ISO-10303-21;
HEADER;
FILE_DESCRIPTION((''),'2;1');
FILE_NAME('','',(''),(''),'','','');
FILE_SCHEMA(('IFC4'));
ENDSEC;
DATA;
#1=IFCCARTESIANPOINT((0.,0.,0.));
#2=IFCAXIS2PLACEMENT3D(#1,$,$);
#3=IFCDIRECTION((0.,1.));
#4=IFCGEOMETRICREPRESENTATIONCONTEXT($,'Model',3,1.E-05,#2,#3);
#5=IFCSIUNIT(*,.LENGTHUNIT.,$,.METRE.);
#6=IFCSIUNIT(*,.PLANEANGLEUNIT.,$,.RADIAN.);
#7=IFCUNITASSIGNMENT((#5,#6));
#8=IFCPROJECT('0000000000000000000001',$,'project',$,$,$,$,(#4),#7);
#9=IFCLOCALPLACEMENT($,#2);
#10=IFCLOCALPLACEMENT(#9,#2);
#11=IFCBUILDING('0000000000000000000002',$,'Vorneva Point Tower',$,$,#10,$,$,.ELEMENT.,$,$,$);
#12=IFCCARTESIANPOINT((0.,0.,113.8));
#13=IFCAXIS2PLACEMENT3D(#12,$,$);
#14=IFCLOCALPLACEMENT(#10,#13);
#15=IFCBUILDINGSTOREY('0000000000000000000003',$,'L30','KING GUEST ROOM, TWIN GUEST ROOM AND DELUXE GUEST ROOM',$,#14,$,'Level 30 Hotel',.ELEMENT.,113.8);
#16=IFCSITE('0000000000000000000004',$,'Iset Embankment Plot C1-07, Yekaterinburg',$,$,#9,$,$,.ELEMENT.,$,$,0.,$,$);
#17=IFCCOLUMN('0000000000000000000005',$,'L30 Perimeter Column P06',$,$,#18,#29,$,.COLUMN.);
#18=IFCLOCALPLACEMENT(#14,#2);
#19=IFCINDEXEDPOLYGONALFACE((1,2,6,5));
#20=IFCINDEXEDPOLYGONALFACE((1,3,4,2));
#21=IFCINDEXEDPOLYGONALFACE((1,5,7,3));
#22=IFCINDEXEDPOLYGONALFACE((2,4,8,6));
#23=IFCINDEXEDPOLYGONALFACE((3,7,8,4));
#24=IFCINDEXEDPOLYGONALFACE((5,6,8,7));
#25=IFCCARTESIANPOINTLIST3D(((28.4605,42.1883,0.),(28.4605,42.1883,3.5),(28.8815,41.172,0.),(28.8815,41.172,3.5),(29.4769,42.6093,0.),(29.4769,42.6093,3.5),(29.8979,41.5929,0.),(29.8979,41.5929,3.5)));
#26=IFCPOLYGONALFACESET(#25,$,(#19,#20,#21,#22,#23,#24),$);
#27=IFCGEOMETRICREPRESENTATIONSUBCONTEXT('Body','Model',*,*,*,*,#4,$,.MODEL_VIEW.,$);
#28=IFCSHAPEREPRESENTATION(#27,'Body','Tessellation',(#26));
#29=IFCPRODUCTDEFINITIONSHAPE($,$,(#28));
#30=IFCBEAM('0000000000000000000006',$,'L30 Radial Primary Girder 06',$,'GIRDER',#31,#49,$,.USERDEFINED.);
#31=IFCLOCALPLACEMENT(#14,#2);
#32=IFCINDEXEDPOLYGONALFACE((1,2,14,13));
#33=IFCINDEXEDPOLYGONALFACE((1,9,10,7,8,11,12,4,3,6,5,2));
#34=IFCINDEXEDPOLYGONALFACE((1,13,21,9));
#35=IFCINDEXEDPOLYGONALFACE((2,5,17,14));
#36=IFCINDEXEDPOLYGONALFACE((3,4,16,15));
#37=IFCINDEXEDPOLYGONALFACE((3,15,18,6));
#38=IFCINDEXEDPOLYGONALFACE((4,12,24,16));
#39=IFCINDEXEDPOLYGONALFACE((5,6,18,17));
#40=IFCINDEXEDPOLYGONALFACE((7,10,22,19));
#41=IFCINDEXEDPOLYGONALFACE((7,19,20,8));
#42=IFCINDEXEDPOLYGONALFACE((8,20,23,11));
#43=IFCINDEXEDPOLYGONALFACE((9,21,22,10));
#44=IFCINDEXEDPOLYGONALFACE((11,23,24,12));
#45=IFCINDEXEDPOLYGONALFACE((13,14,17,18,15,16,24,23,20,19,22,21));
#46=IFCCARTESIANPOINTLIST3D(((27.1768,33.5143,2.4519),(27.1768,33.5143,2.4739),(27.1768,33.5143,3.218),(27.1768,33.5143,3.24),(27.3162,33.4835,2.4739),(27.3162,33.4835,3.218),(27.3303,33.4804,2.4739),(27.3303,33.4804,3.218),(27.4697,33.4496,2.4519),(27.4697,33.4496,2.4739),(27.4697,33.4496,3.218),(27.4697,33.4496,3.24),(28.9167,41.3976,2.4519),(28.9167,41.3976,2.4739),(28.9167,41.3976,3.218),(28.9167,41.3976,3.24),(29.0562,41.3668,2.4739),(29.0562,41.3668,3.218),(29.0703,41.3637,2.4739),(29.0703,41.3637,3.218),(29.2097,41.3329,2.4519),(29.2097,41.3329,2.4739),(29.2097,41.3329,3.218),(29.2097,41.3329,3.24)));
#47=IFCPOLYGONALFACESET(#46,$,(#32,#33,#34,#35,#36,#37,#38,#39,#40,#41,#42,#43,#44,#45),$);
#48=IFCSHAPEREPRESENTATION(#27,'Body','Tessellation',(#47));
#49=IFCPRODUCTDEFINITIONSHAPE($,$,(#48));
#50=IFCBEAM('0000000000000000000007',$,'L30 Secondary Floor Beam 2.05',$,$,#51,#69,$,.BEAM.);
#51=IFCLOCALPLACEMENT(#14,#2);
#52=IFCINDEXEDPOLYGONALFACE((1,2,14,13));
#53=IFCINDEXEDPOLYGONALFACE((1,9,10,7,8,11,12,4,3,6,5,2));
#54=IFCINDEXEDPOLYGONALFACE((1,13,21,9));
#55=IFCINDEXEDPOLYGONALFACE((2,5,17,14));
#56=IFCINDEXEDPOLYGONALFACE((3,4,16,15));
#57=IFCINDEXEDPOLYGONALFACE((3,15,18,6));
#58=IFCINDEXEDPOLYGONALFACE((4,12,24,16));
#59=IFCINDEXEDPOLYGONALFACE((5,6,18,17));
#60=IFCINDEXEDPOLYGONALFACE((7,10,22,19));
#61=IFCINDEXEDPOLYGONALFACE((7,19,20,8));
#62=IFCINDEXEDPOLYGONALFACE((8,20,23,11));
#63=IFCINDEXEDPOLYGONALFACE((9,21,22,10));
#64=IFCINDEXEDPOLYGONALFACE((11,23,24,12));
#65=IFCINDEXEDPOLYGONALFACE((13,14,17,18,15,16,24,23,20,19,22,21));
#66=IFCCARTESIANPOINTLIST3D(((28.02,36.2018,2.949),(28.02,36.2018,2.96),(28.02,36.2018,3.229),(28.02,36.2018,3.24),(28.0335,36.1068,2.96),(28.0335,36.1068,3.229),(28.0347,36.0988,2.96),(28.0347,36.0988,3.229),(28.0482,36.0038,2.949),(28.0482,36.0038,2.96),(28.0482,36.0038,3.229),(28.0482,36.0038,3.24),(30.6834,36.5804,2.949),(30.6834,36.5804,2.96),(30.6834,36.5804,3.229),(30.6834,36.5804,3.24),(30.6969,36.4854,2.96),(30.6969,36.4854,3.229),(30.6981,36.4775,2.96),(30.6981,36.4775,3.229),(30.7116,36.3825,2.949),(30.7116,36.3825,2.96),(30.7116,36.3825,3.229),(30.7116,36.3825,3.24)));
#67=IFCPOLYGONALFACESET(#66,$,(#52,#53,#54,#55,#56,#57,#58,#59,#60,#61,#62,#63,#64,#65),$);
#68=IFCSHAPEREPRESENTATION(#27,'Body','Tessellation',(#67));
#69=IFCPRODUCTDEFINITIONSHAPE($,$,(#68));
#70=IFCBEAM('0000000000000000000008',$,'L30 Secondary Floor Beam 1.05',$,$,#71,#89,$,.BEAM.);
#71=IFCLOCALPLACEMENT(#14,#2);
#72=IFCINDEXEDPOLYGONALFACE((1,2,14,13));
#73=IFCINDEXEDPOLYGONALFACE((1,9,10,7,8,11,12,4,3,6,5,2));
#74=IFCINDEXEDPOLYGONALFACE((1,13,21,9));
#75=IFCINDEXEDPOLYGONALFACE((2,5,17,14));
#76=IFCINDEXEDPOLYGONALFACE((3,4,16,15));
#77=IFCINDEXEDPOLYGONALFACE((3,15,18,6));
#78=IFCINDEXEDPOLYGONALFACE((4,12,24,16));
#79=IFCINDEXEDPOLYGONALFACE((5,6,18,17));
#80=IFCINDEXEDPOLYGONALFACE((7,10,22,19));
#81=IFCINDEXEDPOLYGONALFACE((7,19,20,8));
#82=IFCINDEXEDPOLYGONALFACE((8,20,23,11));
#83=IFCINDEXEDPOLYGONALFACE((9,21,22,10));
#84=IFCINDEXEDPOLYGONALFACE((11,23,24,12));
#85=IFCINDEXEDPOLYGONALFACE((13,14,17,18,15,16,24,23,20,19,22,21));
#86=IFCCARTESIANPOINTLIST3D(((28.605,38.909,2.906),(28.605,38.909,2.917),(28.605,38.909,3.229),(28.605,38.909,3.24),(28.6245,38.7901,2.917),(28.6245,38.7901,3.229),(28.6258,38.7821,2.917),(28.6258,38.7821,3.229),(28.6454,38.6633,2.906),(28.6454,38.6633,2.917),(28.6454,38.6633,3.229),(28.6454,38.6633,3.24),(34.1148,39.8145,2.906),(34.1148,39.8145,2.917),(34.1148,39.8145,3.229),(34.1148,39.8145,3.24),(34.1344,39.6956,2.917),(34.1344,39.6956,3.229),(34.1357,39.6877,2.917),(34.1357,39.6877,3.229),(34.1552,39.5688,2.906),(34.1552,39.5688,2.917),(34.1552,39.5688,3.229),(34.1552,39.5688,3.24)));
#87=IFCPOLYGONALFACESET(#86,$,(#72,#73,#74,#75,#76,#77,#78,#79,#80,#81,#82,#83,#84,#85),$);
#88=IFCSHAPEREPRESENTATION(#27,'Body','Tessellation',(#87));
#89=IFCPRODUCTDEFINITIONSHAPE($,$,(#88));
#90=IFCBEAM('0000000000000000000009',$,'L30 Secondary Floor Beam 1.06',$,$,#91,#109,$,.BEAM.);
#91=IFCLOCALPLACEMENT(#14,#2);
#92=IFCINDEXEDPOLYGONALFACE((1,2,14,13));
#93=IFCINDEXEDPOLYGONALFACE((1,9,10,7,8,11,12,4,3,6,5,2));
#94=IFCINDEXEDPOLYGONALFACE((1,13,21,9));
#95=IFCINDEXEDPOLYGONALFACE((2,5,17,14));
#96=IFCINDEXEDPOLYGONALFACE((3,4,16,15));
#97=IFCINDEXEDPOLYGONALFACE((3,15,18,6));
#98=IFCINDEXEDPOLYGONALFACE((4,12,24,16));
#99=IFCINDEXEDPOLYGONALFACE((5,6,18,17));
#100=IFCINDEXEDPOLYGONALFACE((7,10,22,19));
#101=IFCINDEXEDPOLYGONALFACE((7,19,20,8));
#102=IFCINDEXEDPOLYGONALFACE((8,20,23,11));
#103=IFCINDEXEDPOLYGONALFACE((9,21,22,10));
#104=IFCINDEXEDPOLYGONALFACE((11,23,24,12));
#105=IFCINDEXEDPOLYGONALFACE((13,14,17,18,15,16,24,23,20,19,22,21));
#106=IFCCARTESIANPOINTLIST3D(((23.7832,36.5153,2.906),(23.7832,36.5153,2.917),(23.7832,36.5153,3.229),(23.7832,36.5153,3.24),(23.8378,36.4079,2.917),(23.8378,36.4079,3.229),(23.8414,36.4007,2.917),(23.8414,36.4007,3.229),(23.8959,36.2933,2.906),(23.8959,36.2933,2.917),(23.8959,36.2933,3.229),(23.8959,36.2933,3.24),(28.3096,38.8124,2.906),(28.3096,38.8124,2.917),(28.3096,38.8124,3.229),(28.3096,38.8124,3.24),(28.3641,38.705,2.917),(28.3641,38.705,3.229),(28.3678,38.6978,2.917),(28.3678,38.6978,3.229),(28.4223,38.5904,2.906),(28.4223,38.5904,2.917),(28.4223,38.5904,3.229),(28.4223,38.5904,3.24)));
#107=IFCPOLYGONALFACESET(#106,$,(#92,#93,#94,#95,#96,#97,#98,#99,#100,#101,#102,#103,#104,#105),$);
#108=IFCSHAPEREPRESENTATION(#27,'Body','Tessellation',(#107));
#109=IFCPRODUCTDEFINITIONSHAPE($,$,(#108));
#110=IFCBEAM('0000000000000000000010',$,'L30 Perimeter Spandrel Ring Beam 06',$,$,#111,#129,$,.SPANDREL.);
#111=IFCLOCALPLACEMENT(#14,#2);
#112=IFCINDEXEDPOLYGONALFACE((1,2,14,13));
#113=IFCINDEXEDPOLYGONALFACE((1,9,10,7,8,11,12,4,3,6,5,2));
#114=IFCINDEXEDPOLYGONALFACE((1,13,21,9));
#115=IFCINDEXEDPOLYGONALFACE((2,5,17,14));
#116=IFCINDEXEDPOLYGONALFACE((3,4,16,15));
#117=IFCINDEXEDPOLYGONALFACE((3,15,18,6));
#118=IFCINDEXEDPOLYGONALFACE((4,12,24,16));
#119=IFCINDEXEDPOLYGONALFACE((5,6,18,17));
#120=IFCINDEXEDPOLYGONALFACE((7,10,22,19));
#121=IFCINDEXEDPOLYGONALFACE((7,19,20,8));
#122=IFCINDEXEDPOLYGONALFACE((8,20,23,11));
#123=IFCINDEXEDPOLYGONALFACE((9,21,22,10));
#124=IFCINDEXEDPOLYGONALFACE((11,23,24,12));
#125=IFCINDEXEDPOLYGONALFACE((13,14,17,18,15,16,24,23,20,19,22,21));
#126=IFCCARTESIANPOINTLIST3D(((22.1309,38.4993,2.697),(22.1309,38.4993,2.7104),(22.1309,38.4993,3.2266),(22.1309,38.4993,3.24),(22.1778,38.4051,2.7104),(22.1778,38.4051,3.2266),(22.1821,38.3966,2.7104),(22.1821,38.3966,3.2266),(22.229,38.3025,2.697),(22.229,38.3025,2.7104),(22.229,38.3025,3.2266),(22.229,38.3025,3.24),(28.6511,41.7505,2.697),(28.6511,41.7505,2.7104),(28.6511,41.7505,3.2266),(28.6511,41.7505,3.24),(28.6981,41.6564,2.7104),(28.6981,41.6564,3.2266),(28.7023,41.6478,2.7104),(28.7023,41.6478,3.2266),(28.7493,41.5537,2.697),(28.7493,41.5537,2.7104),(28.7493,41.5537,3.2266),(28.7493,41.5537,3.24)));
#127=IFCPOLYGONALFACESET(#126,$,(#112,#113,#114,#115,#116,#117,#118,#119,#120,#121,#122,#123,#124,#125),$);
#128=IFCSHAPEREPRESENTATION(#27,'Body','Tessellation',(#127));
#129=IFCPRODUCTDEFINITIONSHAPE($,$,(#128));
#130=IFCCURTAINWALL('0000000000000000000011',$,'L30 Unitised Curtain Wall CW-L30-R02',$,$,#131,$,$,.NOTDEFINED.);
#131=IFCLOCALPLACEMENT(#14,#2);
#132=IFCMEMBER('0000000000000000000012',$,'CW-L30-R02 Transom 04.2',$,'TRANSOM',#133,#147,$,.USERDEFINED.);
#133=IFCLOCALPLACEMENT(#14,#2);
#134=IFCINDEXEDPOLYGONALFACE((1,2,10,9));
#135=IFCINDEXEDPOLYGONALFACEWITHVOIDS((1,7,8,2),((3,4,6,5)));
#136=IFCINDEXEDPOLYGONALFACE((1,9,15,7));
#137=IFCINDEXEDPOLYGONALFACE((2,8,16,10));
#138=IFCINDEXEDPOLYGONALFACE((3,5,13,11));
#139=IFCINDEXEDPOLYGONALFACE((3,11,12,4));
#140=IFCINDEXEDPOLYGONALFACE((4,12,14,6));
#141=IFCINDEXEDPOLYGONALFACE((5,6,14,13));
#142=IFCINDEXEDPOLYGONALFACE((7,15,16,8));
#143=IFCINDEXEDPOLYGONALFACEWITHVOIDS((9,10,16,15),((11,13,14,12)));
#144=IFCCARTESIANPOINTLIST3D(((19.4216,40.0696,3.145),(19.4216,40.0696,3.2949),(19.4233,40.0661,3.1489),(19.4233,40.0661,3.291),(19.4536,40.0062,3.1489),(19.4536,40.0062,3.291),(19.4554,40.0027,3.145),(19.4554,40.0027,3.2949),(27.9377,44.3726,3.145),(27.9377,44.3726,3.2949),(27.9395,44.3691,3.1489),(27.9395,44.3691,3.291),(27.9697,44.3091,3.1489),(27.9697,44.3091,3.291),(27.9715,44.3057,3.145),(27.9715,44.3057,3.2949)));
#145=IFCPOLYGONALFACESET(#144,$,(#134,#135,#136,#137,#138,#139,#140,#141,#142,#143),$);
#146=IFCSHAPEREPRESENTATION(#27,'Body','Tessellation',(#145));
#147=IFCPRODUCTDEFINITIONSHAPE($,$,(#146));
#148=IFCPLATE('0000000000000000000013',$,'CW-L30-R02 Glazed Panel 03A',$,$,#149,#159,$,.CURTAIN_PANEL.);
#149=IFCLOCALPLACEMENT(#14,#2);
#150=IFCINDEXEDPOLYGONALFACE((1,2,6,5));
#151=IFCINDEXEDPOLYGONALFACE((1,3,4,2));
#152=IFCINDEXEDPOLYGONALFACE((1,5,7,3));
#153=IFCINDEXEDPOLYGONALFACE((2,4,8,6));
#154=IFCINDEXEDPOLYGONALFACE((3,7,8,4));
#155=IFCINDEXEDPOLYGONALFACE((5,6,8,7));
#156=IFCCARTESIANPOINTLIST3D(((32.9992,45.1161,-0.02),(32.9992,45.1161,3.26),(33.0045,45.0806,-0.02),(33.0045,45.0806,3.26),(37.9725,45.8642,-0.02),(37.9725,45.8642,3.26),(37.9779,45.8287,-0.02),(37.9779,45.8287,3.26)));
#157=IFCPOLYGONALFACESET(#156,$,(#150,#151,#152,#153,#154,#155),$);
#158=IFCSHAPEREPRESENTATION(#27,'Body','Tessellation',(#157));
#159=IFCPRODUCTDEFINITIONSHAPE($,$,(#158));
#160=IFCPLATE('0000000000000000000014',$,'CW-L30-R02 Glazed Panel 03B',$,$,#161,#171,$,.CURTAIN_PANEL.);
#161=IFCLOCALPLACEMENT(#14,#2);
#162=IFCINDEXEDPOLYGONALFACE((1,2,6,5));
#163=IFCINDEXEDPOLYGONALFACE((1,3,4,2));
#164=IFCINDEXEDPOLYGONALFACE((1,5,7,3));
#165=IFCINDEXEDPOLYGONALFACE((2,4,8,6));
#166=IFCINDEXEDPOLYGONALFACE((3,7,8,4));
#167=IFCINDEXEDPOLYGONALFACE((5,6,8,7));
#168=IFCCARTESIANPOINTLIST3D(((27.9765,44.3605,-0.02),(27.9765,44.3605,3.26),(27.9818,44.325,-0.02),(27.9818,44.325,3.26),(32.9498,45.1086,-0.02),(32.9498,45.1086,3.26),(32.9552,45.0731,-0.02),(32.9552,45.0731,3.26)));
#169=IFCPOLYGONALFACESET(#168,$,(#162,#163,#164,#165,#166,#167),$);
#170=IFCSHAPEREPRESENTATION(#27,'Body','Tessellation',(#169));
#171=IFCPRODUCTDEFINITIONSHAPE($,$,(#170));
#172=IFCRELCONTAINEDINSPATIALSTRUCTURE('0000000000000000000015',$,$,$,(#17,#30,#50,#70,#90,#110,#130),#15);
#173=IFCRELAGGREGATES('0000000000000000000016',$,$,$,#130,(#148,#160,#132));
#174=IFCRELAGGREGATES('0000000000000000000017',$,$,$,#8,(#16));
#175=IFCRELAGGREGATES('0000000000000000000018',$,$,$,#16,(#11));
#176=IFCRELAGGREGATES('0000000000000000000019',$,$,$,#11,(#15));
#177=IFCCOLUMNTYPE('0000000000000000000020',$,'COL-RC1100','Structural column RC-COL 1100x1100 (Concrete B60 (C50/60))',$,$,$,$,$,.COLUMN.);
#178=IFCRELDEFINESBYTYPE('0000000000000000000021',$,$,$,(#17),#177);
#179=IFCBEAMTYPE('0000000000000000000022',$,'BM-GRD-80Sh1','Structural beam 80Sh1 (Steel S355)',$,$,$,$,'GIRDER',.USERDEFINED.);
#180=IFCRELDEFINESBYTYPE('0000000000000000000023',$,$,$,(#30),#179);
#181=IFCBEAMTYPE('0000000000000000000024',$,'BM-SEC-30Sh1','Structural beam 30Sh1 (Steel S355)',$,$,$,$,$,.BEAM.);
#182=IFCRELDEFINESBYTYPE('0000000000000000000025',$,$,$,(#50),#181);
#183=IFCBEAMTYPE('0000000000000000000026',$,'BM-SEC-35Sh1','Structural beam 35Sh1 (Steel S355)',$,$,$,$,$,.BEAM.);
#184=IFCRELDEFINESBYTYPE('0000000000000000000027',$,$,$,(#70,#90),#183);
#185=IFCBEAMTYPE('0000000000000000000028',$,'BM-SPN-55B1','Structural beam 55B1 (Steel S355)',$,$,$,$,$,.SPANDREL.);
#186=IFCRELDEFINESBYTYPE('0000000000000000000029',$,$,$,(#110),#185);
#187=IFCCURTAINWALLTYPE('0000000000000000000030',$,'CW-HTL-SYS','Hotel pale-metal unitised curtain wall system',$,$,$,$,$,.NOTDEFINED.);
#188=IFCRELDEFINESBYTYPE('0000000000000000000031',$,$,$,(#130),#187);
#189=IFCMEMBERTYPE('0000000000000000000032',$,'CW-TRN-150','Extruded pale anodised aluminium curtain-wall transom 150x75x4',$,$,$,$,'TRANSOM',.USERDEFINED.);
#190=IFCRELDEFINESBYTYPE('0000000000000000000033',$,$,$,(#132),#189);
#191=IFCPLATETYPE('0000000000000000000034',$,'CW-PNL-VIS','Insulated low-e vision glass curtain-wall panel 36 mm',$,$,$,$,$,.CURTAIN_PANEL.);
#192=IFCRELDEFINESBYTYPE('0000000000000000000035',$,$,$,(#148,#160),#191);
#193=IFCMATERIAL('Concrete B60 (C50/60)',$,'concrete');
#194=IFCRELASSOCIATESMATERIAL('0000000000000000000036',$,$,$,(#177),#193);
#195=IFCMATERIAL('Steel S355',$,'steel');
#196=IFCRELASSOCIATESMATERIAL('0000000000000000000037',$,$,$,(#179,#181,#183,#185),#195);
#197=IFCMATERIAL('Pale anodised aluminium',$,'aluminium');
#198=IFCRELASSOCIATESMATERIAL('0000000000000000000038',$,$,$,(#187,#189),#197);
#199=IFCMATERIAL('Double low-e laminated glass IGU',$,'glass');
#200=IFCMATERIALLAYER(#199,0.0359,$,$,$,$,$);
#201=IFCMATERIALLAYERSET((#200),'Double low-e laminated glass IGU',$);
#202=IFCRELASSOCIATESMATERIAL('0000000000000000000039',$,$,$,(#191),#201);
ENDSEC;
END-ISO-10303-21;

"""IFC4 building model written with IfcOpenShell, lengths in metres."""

from ifc_helpers import new_model, si_unit, direction, frame, origin, origin_2d, place, context, subcontext, project, spatial, rectangle, hollow_rectangle, i_section, extrude, material, layer, layer_set, material_profile, profile_set, type_object, element, aggregate, save


model = new_model("IFC4")

# Units and contexts
model_context = context("Model", 3, precision=1e-05, world=origin(), true_north=direction((0.0, 1.0)))
body_context = subcontext(model_context, "Body", "Model", "MODEL_VIEW")
ifc_project = project(units=[si_unit("LENGTHUNIT", "METRE"), si_unit("PLANEANGLEUNIT", "RADIAN")], contexts=[model_context])

# Site, building, storey
site_placement = place(None, origin())
site = spatial("IfcSite", under=ifc_project, at=site_placement, Name="Iset Embankment Plot C1-07, Yekaterinburg", CompositionType="ELEMENT", RefElevation=0.0)
building_placement = place(site_placement, origin())
building = spatial("IfcBuilding", under=site, at=building_placement, Name="Vorneva Point Tower", CompositionType="ELEMENT")
storey_placement = place(building_placement, frame((0.0, 0.0, 113.8)))
storey = spatial("IfcBuildingStorey", under=building, at=storey_placement, Name="L30", Description="KING GUEST ROOM, TWIN GUEST ROOM AND DELUXE GUEST ROOM", LongName="Level 30 Hotel", CompositionType="ELEMENT", Elevation=113.8)

# Column
ifc_material_1 = material(Name="Concrete B60 (C50/60)", Category="concrete")
ifc_material_profile_1 = material_profile(ifc_material_1, rectangle(XDim=1.1001, YDim=1.1001, at=origin_2d()), Name="RC-COL 1100x1100")
ifc_profile_set_1 = profile_set([ifc_material_profile_1], Name="Concrete B60 (C50/60)")
column_type = type_object("IfcColumnType", Name="COL-RC1100", Description="Structural column RC-COL 1100x1100 (Concrete B60 (C50/60))", PredefinedType="COLUMN", material=ifc_profile_set_1)
column_placement = place(storey_placement, frame((29.1792, 41.8906, 0.0), z_axis=(0.0, 0.0, 1.0), x_axis=(-0.382683, 0.92388, 0.0)))
element("IfcColumn", 1, at=column_placement, inside=storey, type_object=column_type, Name="L30 Perimeter Column P06", PredefinedType="COLUMN", context=body_context, shape_type="SweptSolid", body=[
    extrude(rectangle(XDim=1.1001, YDim=1.1001, at=origin_2d()), origin(), (0.0, 0.0, 1.0), 3.5),
])

# Beams
ifc_material_2 = material(Name="Steel S355", Category="steel")
ifc_material_profile_2 = material_profile(ifc_material_2, i_section(OverallWidth=0.3, OverallDepth=0.7881, WebThickness=0.0144, FlangeThickness=0.022, at=origin_2d()), Name="80Sh1")
ifc_profile_set_2 = profile_set([ifc_material_profile_2], Name="Steel S355")
beam_type_1 = type_object("IfcBeamType", Name="BM-GRD-80Sh1", Description="Structural beam 80Sh1 (Steel S355)", ElementType="GIRDER", PredefinedType="USERDEFINED", material=ifc_profile_set_2)
beam_1_placement = place(storey_placement, frame((29.0632, 41.3652, 2.8459), z_axis=(-0.215531, -0.976497, 0.0), x_axis=(0.976497, -0.215531, 0.0)))
element("IfcBeam", 2, at=beam_1_placement, inside=storey, type_object=beam_type_1, Name="L30 Radial Primary Girder 06", ObjectType="GIRDER", PredefinedType="USERDEFINED", context=body_context, shape_type="SweptSolid", body=[
    extrude(i_section(OverallWidth=0.3, OverallDepth=0.7881, WebThickness=0.0144, FlangeThickness=0.022, at=origin_2d()), origin(), (0.0, 0.0, 1.0), 8.073),
])
ifc_material_profile_3 = material_profile(ifc_material_2, i_section(OverallWidth=0.2, OverallDepth=0.291, WebThickness=0.0081, FlangeThickness=0.011, at=origin_2d()), Name="30Sh1")
ifc_profile_set_3 = profile_set([ifc_material_profile_3], Name="Steel S355")
beam_type_2 = type_object("IfcBeamType", Name="BM-SEC-30Sh1", Description="Structural beam 30Sh1 (Steel S355)", PredefinedType="BEAM", material=ifc_profile_set_3)
beam_2_placement = place(storey_placement, frame((30.6975, 36.4814, 3.0945), z_axis=(-0.990044, -0.140761, 0.0), x_axis=(0.140761, -0.990044, 0.0)))
element("IfcBeam", 3, at=beam_2_placement, inside=storey, type_object=beam_type_2, Name="L30 Secondary Floor Beam 2.05", PredefinedType="BEAM", context=body_context, shape_type="SweptSolid", body=[
    extrude(i_section(OverallWidth=0.2, OverallDepth=0.291, WebThickness=0.0081, FlangeThickness=0.011, at=origin_2d()), origin(), (0.0, 0.0, 1.0), 2.6902),
])
ifc_material_profile_4 = material_profile(ifc_material_2, i_section(OverallWidth=0.249, OverallDepth=0.334, WebThickness=0.0081, FlangeThickness=0.011, at=origin_2d()), Name="35Sh1")
ifc_profile_set_4 = profile_set([ifc_material_profile_4], Name="Steel S355")
beam_type_3 = type_object("IfcBeamType", Name="BM-SEC-35Sh1", Description="Structural beam 35Sh1 (Steel S355)", PredefinedType="BEAM", material=ifc_profile_set_4)
beam_3_placement = place(storey_placement, frame((34.135, 39.6917, 3.073), z_axis=(-0.986762, -0.162172, 0.0), x_axis=(0.162172, -0.986762, 0.0)))
element("IfcBeam", 4, at=beam_3_placement, inside=storey, type_object=beam_type_3, Name="L30 Secondary Floor Beam 1.05", PredefinedType="BEAM", context=body_context, shape_type="SweptSolid", body=[
    extrude(i_section(OverallWidth=0.249, OverallDepth=0.334, WebThickness=0.0081, FlangeThickness=0.011, at=origin_2d()), origin(), (0.0, 0.0, 1.0), 5.5837),
])
beam_4_placement = place(storey_placement, frame((28.366, 38.7014, 3.073), z_axis=(-0.891737, -0.452554, 0.0), x_axis=(0.452554, -0.891737, 0.0)))
element("IfcBeam", 5, at=beam_4_placement, inside=storey, type_object=beam_type_3, Name="L30 Secondary Floor Beam 1.06", PredefinedType="BEAM", context=body_context, shape_type="SweptSolid", body=[
    extrude(i_section(OverallWidth=0.249, OverallDepth=0.334, WebThickness=0.0081, FlangeThickness=0.011, at=origin_2d()), origin(), (0.0, 0.0, 1.0), 5.0759),
])
ifc_material_profile_5 = material_profile(ifc_material_2, i_section(OverallWidth=0.22, OverallDepth=0.543, WebThickness=0.0095, FlangeThickness=0.0134, at=origin_2d()), Name="55B1")
ifc_profile_set_5 = profile_set([ifc_material_profile_5], Name="Steel S355")
beam_type_4 = type_object("IfcBeamType", Name="BM-SPN-55B1", Description="Structural beam 55B1 (Steel S355)", PredefinedType="SPANDREL", material=ifc_profile_set_5)
beam_5_placement = place(storey_placement, frame((28.7002, 41.6521, 2.9685), z_axis=(-0.894916, -0.446235, 0.0), x_axis=(0.446235, -0.894916, 0.0)))
element("IfcBeam", 6, at=beam_5_placement, inside=storey, type_object=beam_type_4, Name="L30 Perimeter Spandrel Ring Beam 06", PredefinedType="SPANDREL", context=body_context, shape_type="SweptSolid", body=[
    extrude(i_section(OverallWidth=0.22, OverallDepth=0.543, WebThickness=0.0095, FlangeThickness=0.0134, at=origin_2d()), origin(), (0.0, 0.0, 1.0), 7.2859),
])

# Curtain wall, member, plates
ifc_material_3 = material(Name="Pale anodised aluminium", Category="aluminium")
curtain_wall_type = type_object("IfcCurtainWallType", Name="CW-HTL-SYS", Description="Hotel pale-metal unitised curtain wall system", PredefinedType="NOTDEFINED", material=ifc_material_3)
curtain_wall_placement = place(storey_placement, origin())
curtain_wall = element("IfcCurtainWall", 7, at=curtain_wall_placement, inside=storey, type_object=curtain_wall_type, Name="L30 Unitised Curtain Wall CW-L30-R02", PredefinedType="NOTDEFINED")
ifc_material_profile_6 = material_profile(ifc_material_3, hollow_rectangle(XDim=0.075, YDim=0.1499, WallThickness=0.0039, at=origin_2d()), Name="AL-TRN 150x75x4")
ifc_profile_set_6 = profile_set([ifc_material_profile_6], Name="Pale anodised aluminium")
member_type = type_object("IfcMemberType", Name="CW-TRN-150", Description="Extruded pale anodised aluminium curtain-wall transom 150x75x4", ElementType="TRANSOM", PredefinedType="USERDEFINED", material=ifc_profile_set_6)
member_placement = place(storey_placement, frame((27.9546, 44.3391, 3.22), z_axis=(-0.892536, -0.450976, 0.0), x_axis=(0.450976, -0.892536, 0.0)))
member = element("IfcMember", 8, at=member_placement, type_object=member_type, Name="CW-L30-R02 Transom 04.2", ObjectType="TRANSOM", PredefinedType="USERDEFINED", context=body_context, shape_type="SweptSolid", body=[
    extrude(hollow_rectangle(XDim=0.075, YDim=0.1499, WallThickness=0.0039, at=origin_2d()), origin(), (0.0, 0.0, 1.0), 9.5415),
])
ifc_material_4 = material(Name="Double low-e laminated glass IGU", Category="glass")
ifc_layer_1 = layer(ifc_material_4, 0.0359)
ifc_layer_set_1 = layer_set([ifc_layer_1], Name="Double low-e laminated glass IGU")
plate_type = type_object("IfcPlateType", Name="CW-PNL-VIS", Description="Insulated low-e vision glass curtain-wall panel 36 mm", PredefinedType="CURTAIN_PANEL", material=ifc_layer_set_1)
plate_1_placement = place(storey_placement, frame((35.4885, 45.4724, -0.02), z_axis=(0.0, 0.0, 1.0), x_axis=(-0.988876, -0.148741, 0.0)))
plate_1 = element("IfcPlate", 9, at=plate_1_placement, type_object=plate_type, Name="CW-L30-R02 Glazed Panel 03A", PredefinedType="CURTAIN_PANEL", context=body_context, shape_type="SweptSolid", body=[
    extrude(rectangle(XDim=5.0293, YDim=0.0359, at=origin_2d()), origin(), (0.0, 0.0, 1.0), 3.28),
])
plate_2_placement = place(storey_placement, frame((30.4658, 44.7168, -0.02), z_axis=(0.0, 0.0, 1.0), x_axis=(-0.988876, -0.148741, 0.0)))
plate_2 = element("IfcPlate", 10, at=plate_2_placement, type_object=plate_type, Name="CW-L30-R02 Glazed Panel 03B", PredefinedType="CURTAIN_PANEL", context=body_context, shape_type="SweptSolid", body=[
    extrude(rectangle(XDim=5.0293, YDim=0.0359, at=origin_2d()), origin(), (0.0, 0.0, 1.0), 3.28),
])
aggregate(curtain_wall, [plate_1, plate_2, member])

save(model, "model.ifc")
